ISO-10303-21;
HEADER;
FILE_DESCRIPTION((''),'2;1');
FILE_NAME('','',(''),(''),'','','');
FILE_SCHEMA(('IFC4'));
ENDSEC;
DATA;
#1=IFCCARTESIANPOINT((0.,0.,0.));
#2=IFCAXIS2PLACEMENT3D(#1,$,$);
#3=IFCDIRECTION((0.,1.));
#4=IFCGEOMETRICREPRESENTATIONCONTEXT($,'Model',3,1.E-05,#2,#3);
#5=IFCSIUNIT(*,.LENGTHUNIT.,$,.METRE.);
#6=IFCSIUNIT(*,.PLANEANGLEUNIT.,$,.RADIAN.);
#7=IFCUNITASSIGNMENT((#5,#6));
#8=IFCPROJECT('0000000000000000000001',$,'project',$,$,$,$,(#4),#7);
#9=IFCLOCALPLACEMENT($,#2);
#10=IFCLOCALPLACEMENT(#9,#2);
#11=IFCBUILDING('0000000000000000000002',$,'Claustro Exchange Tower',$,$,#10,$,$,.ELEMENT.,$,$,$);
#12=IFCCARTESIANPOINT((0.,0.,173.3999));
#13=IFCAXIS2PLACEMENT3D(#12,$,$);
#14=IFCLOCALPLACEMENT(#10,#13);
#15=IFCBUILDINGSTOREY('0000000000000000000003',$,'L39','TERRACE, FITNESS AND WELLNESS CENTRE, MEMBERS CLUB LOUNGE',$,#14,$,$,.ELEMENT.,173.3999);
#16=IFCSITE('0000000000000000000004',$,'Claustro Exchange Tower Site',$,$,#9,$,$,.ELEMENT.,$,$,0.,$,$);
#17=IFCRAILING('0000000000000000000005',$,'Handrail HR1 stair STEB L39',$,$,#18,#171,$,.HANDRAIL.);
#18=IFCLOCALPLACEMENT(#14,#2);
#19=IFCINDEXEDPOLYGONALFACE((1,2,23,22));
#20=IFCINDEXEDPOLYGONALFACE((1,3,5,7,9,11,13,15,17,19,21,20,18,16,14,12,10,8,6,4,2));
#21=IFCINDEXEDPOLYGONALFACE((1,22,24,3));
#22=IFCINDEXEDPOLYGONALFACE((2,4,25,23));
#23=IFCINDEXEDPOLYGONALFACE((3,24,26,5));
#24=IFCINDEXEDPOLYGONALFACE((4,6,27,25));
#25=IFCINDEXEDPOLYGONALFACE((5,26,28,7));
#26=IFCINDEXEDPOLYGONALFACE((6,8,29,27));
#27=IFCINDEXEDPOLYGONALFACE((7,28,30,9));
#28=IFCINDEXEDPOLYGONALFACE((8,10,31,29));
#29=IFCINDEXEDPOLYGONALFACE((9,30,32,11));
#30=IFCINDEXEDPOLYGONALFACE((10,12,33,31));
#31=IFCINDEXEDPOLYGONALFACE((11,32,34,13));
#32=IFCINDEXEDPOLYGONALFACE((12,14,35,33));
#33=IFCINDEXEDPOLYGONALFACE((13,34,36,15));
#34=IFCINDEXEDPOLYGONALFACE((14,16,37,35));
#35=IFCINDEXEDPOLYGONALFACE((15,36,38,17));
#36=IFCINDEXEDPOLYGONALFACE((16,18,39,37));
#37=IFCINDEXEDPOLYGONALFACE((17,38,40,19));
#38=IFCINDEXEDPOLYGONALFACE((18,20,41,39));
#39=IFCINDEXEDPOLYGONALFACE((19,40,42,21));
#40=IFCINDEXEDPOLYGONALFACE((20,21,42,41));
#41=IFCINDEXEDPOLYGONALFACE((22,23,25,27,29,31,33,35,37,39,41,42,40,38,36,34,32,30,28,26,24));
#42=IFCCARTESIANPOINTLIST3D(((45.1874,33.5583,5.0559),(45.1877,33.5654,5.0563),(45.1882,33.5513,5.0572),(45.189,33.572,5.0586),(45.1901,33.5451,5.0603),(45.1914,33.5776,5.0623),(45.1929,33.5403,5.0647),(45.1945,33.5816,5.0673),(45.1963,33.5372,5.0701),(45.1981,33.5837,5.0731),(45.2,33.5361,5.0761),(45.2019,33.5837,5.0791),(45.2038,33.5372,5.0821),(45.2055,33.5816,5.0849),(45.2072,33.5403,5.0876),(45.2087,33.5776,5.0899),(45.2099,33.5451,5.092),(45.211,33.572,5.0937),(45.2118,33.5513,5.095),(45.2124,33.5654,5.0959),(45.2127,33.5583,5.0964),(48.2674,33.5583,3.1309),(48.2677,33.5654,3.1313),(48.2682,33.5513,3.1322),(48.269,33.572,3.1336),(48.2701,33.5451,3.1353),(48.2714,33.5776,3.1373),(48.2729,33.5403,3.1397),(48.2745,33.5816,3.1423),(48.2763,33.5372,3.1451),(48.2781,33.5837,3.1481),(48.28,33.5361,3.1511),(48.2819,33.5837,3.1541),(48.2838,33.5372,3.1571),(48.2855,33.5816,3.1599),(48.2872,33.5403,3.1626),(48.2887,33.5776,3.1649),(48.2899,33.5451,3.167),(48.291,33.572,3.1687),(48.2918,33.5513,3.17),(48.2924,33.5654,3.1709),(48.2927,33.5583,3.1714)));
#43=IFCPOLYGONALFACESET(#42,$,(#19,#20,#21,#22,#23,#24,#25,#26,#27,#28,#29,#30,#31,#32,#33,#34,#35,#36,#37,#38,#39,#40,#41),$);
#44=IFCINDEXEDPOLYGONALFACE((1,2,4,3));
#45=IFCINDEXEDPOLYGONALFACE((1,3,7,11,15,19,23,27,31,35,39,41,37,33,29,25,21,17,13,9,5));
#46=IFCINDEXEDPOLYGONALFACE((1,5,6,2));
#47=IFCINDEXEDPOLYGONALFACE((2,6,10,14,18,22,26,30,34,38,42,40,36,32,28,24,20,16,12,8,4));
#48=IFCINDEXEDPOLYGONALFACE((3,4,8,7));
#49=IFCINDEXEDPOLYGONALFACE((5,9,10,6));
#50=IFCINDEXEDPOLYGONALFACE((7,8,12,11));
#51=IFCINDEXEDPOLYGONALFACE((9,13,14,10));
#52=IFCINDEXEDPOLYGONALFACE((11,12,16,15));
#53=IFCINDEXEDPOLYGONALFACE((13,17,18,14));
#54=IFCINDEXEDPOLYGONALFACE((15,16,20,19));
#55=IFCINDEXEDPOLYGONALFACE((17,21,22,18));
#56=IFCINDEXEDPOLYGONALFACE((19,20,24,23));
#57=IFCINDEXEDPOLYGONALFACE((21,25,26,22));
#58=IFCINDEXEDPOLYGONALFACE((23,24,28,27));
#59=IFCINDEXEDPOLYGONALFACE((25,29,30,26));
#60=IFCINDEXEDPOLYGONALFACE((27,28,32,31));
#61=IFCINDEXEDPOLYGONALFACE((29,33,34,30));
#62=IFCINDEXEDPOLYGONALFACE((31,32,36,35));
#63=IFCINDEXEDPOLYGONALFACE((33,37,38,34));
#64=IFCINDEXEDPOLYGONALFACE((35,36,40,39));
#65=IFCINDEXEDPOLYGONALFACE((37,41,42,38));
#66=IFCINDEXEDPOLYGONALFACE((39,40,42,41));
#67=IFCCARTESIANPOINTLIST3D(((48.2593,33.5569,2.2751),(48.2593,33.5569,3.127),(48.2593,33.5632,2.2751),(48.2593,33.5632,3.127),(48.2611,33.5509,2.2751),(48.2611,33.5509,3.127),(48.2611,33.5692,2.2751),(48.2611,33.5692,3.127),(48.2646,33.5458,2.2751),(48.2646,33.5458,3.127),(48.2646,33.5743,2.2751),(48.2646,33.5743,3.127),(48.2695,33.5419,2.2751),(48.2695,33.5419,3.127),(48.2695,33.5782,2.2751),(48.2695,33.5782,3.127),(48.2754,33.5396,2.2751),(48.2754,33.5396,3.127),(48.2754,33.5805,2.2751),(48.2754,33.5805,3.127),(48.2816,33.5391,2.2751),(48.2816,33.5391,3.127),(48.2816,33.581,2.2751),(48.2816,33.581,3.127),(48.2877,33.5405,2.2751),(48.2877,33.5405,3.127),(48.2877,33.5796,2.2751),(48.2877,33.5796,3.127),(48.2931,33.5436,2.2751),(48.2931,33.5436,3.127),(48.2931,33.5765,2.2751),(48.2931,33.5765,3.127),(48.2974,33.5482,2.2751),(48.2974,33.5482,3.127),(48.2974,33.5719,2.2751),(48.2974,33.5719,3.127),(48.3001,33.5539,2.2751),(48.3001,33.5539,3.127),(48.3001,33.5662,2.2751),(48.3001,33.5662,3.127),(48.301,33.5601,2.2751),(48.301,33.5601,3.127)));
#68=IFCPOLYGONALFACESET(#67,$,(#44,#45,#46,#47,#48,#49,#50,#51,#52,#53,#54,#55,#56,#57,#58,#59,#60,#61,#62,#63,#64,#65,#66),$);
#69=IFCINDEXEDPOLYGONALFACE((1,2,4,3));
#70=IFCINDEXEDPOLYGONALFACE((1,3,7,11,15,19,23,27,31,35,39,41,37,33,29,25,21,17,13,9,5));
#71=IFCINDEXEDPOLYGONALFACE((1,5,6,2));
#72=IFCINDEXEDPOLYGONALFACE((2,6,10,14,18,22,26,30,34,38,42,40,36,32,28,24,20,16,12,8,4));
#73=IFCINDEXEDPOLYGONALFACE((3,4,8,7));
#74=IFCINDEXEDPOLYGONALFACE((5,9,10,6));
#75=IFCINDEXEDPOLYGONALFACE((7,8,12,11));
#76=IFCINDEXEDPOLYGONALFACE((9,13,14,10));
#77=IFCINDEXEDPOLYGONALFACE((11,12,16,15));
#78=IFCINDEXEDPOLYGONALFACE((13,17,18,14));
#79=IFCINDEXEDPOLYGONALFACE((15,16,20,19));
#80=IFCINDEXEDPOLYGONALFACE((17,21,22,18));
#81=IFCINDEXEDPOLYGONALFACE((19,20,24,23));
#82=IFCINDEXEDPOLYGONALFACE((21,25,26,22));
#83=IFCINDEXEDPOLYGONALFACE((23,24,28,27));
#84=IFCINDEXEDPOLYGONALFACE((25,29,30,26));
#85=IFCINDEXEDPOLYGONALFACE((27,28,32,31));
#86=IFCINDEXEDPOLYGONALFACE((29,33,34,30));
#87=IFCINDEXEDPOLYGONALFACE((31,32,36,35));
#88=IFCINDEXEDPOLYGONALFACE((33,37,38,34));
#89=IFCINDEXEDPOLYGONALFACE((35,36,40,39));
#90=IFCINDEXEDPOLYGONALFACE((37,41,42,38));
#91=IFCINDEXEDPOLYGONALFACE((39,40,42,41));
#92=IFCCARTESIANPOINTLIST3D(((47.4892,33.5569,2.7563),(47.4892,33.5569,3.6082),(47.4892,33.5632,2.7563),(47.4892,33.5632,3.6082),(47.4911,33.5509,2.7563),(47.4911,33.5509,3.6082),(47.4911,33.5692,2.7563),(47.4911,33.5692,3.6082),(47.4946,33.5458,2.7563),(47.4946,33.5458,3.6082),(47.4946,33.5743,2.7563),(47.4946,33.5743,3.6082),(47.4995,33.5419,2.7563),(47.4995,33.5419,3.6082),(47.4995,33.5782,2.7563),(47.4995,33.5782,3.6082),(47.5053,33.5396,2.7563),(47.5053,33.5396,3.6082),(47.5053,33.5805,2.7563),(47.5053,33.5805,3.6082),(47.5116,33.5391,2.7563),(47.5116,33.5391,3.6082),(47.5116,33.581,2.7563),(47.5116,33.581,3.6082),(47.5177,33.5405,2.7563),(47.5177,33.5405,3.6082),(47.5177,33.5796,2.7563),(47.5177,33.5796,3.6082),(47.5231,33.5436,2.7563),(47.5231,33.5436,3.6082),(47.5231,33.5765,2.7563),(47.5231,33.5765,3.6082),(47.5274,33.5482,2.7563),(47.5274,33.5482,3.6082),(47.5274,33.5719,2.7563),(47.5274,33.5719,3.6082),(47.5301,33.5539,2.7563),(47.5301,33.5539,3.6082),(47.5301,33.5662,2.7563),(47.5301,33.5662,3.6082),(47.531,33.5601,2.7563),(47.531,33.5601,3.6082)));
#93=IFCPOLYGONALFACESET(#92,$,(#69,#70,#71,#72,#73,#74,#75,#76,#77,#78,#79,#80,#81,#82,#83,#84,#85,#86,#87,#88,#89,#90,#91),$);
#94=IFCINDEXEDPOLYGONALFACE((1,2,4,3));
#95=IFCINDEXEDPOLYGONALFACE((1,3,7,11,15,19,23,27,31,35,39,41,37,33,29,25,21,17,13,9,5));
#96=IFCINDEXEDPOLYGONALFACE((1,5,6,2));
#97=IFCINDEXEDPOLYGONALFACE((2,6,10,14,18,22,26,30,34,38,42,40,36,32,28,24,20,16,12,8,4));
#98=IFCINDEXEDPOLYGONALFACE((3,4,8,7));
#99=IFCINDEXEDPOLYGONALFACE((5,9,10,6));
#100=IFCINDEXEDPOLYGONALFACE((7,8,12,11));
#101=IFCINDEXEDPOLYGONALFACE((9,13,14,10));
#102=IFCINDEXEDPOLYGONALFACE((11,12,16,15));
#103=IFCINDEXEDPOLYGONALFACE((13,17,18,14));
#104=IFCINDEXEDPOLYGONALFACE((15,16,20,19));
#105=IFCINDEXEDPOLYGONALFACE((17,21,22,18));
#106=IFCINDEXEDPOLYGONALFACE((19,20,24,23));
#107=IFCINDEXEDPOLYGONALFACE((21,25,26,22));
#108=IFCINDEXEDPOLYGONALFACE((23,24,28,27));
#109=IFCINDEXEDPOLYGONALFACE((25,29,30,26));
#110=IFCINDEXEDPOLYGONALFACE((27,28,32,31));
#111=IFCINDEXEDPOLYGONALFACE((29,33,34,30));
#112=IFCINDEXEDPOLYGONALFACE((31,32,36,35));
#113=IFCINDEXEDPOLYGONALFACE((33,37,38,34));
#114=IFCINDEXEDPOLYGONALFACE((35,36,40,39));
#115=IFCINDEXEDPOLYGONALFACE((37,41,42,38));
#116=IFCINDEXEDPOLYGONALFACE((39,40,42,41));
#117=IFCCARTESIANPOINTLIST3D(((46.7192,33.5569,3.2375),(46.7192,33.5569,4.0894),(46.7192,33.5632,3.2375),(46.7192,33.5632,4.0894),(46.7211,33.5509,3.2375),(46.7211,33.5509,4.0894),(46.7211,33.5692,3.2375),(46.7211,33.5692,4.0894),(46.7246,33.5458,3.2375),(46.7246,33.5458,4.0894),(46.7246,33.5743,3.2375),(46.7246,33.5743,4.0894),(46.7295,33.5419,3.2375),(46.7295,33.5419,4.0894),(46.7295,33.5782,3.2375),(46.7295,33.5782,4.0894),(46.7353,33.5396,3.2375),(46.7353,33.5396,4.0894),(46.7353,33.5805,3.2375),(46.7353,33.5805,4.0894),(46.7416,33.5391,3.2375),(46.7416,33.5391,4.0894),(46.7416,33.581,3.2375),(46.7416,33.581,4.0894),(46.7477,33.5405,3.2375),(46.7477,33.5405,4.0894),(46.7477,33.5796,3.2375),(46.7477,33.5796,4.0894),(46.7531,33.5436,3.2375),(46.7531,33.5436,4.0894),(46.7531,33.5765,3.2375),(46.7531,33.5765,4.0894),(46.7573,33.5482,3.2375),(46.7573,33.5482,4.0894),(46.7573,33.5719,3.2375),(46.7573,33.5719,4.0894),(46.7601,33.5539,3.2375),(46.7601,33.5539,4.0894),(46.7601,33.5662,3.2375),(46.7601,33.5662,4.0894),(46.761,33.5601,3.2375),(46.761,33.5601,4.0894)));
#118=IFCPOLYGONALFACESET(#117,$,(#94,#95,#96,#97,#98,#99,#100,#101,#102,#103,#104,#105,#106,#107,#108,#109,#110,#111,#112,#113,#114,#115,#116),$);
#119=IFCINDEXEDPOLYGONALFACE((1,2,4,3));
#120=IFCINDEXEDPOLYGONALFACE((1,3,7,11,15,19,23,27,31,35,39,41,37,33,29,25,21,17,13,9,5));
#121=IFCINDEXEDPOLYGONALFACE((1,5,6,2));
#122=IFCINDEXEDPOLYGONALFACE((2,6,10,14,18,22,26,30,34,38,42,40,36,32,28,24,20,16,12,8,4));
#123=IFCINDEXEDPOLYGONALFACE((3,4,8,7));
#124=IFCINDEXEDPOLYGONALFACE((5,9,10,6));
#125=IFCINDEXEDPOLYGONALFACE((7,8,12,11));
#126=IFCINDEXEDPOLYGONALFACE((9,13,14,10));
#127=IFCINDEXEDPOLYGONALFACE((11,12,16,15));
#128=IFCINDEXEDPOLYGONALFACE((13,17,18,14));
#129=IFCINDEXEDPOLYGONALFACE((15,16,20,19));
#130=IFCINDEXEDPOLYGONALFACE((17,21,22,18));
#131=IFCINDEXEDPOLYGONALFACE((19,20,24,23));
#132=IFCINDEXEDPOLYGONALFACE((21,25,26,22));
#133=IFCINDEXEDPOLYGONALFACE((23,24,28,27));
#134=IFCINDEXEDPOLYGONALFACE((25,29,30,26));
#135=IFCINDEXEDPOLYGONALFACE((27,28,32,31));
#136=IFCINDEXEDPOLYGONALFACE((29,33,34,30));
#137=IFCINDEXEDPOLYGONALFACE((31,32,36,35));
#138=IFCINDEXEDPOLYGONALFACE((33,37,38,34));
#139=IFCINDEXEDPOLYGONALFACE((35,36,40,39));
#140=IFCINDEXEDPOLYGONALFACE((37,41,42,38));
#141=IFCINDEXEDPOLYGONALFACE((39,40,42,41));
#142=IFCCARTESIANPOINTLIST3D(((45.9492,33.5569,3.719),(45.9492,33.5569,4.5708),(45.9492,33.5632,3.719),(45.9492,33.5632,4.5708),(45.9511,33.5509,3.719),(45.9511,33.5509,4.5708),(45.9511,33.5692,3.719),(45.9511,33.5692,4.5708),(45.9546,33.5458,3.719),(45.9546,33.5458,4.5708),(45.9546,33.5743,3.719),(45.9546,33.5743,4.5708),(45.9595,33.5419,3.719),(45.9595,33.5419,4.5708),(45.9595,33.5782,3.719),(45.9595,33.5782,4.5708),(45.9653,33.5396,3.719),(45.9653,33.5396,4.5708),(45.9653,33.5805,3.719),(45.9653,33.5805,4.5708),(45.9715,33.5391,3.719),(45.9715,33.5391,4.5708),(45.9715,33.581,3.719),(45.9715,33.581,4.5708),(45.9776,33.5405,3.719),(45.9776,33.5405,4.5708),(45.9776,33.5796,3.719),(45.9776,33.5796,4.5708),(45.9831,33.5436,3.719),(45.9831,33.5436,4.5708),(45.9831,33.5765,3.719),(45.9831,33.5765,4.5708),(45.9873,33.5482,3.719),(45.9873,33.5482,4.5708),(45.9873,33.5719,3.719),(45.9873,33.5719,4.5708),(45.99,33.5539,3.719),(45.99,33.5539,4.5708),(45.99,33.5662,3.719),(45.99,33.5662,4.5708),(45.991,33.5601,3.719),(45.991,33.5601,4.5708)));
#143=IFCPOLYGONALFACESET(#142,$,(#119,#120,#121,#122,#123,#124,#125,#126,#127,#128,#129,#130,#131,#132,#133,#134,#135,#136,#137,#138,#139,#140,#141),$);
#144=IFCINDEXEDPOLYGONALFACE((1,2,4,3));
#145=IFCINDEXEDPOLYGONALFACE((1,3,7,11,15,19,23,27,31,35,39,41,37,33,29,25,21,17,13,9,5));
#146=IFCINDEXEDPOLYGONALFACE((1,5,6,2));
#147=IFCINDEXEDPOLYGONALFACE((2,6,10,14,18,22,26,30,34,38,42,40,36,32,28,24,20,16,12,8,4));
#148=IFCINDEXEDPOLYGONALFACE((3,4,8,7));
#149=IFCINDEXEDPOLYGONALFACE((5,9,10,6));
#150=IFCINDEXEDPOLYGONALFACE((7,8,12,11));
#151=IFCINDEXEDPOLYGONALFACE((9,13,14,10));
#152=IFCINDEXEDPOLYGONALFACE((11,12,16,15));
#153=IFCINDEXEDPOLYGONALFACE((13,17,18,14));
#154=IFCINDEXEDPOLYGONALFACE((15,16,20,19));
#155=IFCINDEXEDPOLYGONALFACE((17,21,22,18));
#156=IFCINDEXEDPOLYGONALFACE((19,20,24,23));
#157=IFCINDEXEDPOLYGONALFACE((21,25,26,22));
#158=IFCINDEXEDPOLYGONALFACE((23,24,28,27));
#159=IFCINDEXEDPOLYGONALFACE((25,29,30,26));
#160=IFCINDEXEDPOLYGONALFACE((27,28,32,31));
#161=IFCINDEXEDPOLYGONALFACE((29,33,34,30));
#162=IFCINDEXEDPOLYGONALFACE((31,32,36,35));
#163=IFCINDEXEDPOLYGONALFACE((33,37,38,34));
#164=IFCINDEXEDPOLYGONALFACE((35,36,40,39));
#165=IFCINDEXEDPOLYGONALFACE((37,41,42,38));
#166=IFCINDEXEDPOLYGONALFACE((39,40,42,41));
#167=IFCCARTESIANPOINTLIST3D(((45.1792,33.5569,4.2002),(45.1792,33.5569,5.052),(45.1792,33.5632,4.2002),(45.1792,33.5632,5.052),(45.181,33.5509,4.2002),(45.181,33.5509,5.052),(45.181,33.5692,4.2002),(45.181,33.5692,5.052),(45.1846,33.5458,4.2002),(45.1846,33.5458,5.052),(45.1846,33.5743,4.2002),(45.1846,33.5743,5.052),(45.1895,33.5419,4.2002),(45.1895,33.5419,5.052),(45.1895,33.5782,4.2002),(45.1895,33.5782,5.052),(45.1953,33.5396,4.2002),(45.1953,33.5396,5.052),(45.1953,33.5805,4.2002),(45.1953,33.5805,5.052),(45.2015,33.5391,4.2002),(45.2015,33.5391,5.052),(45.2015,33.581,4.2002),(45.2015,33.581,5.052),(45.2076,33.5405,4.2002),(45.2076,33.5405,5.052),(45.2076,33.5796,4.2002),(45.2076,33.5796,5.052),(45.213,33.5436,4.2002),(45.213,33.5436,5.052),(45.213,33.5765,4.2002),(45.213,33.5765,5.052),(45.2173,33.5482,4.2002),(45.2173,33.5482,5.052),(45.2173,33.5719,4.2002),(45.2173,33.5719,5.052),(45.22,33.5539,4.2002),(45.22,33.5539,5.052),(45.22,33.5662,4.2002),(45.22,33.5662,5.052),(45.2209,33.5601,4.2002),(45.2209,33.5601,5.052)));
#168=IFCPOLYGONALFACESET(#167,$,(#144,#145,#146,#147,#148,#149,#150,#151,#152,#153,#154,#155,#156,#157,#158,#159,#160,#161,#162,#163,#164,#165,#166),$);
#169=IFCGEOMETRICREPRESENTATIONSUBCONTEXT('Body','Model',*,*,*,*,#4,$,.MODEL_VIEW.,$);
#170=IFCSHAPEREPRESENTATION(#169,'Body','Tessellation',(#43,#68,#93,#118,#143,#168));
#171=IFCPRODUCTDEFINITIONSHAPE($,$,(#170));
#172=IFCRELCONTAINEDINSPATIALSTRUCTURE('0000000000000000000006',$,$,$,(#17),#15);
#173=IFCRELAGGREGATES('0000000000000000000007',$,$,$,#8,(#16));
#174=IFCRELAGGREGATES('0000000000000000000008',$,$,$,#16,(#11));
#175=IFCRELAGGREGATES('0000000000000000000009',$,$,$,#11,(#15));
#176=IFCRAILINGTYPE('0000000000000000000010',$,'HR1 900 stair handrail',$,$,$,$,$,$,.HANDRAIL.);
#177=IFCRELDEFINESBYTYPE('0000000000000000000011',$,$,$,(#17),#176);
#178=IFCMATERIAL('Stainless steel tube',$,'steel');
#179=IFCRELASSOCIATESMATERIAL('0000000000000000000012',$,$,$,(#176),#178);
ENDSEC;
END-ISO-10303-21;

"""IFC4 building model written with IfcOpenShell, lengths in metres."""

from ifc_helpers import new_model, si_unit, direction, frame, origin, origin_2d, place, context, subcontext, project, spatial, circle, extrude, material, type_object, element, save


model = new_model("IFC4")

# Units and contexts
model_context = context("Model", 3, precision=1e-05, world=origin(), true_north=direction((0.0, 1.0)))
body_context = subcontext(model_context, "Body", "Model", "MODEL_VIEW")
ifc_project = project(units=[si_unit("LENGTHUNIT", "METRE"), si_unit("PLANEANGLEUNIT", "RADIAN")], contexts=[model_context])

# Site, building, storey
site_placement = place(None, origin())
site = spatial("IfcSite", under=ifc_project, at=site_placement, Name="Claustro Exchange Tower Site", CompositionType="ELEMENT", RefElevation=0.0)
building_placement = place(site_placement, origin())
building = spatial("IfcBuilding", under=site, at=building_placement, Name="Claustro Exchange Tower", CompositionType="ELEMENT")
storey_placement = place(building_placement, frame((0.0, 0.0, 173.3999)))
storey = spatial("IfcBuildingStorey", under=building, at=storey_placement, Name="L39", Description="TERRACE, FITNESS AND WELLNESS CENTRE, MEMBERS CLUB LOUNGE", CompositionType="ELEMENT", Elevation=173.3999)

# Railing
ifc_material_1 = material(Name="Stainless steel tube", Category="steel")
railing_type_1 = type_object("IfcRailingType", Name="HR1 900 stair handrail", PredefinedType="HANDRAIL", material=ifc_material_1)
railing_1_placement = place(storey_placement, frame((48.28, 33.5601, 2.2751)))
element("IfcRailing", 1, at=railing_1_placement, inside=storey, type_object=railing_type_1, Name="Handrail HR1 stair STEB L39", PredefinedType="HANDRAIL", context=body_context, shape_type="SweptSolid", body=[
    extrude(circle(Radius=0.0239, at=origin_2d()), frame((0.0, 0.0, 0.876), z_axis=(-0.847998, 0.0, 0.529999), x_axis=(0.0, -1.0, 0.0)), (0.0, 0.0, 1.0), 3.6321),
    extrude(circle(Radius=0.021, at=origin_2d()), origin(), (0.0, 0.0, 1.0), 0.8518),
    extrude(circle(Radius=0.021, at=origin_2d()), frame((-0.77, 0.0, 0.4812)), (0.0, 0.0, 1.0), 0.8518),
    extrude(circle(Radius=0.021, at=origin_2d()), frame((-1.54, 0.0, 0.9624)), (0.0, 0.0, 1.0), 0.8518),
    extrude(circle(Radius=0.021, at=origin_2d()), frame((-2.3101, 0.0, 1.4438)), (0.0, 0.0, 1.0), 0.8518),
    extrude(circle(Radius=0.021, at=origin_2d()), frame((-3.0801, 0.0, 1.925)), (0.0, 0.0, 1.0), 0.8518),
])

save(model, "model.ifc")
